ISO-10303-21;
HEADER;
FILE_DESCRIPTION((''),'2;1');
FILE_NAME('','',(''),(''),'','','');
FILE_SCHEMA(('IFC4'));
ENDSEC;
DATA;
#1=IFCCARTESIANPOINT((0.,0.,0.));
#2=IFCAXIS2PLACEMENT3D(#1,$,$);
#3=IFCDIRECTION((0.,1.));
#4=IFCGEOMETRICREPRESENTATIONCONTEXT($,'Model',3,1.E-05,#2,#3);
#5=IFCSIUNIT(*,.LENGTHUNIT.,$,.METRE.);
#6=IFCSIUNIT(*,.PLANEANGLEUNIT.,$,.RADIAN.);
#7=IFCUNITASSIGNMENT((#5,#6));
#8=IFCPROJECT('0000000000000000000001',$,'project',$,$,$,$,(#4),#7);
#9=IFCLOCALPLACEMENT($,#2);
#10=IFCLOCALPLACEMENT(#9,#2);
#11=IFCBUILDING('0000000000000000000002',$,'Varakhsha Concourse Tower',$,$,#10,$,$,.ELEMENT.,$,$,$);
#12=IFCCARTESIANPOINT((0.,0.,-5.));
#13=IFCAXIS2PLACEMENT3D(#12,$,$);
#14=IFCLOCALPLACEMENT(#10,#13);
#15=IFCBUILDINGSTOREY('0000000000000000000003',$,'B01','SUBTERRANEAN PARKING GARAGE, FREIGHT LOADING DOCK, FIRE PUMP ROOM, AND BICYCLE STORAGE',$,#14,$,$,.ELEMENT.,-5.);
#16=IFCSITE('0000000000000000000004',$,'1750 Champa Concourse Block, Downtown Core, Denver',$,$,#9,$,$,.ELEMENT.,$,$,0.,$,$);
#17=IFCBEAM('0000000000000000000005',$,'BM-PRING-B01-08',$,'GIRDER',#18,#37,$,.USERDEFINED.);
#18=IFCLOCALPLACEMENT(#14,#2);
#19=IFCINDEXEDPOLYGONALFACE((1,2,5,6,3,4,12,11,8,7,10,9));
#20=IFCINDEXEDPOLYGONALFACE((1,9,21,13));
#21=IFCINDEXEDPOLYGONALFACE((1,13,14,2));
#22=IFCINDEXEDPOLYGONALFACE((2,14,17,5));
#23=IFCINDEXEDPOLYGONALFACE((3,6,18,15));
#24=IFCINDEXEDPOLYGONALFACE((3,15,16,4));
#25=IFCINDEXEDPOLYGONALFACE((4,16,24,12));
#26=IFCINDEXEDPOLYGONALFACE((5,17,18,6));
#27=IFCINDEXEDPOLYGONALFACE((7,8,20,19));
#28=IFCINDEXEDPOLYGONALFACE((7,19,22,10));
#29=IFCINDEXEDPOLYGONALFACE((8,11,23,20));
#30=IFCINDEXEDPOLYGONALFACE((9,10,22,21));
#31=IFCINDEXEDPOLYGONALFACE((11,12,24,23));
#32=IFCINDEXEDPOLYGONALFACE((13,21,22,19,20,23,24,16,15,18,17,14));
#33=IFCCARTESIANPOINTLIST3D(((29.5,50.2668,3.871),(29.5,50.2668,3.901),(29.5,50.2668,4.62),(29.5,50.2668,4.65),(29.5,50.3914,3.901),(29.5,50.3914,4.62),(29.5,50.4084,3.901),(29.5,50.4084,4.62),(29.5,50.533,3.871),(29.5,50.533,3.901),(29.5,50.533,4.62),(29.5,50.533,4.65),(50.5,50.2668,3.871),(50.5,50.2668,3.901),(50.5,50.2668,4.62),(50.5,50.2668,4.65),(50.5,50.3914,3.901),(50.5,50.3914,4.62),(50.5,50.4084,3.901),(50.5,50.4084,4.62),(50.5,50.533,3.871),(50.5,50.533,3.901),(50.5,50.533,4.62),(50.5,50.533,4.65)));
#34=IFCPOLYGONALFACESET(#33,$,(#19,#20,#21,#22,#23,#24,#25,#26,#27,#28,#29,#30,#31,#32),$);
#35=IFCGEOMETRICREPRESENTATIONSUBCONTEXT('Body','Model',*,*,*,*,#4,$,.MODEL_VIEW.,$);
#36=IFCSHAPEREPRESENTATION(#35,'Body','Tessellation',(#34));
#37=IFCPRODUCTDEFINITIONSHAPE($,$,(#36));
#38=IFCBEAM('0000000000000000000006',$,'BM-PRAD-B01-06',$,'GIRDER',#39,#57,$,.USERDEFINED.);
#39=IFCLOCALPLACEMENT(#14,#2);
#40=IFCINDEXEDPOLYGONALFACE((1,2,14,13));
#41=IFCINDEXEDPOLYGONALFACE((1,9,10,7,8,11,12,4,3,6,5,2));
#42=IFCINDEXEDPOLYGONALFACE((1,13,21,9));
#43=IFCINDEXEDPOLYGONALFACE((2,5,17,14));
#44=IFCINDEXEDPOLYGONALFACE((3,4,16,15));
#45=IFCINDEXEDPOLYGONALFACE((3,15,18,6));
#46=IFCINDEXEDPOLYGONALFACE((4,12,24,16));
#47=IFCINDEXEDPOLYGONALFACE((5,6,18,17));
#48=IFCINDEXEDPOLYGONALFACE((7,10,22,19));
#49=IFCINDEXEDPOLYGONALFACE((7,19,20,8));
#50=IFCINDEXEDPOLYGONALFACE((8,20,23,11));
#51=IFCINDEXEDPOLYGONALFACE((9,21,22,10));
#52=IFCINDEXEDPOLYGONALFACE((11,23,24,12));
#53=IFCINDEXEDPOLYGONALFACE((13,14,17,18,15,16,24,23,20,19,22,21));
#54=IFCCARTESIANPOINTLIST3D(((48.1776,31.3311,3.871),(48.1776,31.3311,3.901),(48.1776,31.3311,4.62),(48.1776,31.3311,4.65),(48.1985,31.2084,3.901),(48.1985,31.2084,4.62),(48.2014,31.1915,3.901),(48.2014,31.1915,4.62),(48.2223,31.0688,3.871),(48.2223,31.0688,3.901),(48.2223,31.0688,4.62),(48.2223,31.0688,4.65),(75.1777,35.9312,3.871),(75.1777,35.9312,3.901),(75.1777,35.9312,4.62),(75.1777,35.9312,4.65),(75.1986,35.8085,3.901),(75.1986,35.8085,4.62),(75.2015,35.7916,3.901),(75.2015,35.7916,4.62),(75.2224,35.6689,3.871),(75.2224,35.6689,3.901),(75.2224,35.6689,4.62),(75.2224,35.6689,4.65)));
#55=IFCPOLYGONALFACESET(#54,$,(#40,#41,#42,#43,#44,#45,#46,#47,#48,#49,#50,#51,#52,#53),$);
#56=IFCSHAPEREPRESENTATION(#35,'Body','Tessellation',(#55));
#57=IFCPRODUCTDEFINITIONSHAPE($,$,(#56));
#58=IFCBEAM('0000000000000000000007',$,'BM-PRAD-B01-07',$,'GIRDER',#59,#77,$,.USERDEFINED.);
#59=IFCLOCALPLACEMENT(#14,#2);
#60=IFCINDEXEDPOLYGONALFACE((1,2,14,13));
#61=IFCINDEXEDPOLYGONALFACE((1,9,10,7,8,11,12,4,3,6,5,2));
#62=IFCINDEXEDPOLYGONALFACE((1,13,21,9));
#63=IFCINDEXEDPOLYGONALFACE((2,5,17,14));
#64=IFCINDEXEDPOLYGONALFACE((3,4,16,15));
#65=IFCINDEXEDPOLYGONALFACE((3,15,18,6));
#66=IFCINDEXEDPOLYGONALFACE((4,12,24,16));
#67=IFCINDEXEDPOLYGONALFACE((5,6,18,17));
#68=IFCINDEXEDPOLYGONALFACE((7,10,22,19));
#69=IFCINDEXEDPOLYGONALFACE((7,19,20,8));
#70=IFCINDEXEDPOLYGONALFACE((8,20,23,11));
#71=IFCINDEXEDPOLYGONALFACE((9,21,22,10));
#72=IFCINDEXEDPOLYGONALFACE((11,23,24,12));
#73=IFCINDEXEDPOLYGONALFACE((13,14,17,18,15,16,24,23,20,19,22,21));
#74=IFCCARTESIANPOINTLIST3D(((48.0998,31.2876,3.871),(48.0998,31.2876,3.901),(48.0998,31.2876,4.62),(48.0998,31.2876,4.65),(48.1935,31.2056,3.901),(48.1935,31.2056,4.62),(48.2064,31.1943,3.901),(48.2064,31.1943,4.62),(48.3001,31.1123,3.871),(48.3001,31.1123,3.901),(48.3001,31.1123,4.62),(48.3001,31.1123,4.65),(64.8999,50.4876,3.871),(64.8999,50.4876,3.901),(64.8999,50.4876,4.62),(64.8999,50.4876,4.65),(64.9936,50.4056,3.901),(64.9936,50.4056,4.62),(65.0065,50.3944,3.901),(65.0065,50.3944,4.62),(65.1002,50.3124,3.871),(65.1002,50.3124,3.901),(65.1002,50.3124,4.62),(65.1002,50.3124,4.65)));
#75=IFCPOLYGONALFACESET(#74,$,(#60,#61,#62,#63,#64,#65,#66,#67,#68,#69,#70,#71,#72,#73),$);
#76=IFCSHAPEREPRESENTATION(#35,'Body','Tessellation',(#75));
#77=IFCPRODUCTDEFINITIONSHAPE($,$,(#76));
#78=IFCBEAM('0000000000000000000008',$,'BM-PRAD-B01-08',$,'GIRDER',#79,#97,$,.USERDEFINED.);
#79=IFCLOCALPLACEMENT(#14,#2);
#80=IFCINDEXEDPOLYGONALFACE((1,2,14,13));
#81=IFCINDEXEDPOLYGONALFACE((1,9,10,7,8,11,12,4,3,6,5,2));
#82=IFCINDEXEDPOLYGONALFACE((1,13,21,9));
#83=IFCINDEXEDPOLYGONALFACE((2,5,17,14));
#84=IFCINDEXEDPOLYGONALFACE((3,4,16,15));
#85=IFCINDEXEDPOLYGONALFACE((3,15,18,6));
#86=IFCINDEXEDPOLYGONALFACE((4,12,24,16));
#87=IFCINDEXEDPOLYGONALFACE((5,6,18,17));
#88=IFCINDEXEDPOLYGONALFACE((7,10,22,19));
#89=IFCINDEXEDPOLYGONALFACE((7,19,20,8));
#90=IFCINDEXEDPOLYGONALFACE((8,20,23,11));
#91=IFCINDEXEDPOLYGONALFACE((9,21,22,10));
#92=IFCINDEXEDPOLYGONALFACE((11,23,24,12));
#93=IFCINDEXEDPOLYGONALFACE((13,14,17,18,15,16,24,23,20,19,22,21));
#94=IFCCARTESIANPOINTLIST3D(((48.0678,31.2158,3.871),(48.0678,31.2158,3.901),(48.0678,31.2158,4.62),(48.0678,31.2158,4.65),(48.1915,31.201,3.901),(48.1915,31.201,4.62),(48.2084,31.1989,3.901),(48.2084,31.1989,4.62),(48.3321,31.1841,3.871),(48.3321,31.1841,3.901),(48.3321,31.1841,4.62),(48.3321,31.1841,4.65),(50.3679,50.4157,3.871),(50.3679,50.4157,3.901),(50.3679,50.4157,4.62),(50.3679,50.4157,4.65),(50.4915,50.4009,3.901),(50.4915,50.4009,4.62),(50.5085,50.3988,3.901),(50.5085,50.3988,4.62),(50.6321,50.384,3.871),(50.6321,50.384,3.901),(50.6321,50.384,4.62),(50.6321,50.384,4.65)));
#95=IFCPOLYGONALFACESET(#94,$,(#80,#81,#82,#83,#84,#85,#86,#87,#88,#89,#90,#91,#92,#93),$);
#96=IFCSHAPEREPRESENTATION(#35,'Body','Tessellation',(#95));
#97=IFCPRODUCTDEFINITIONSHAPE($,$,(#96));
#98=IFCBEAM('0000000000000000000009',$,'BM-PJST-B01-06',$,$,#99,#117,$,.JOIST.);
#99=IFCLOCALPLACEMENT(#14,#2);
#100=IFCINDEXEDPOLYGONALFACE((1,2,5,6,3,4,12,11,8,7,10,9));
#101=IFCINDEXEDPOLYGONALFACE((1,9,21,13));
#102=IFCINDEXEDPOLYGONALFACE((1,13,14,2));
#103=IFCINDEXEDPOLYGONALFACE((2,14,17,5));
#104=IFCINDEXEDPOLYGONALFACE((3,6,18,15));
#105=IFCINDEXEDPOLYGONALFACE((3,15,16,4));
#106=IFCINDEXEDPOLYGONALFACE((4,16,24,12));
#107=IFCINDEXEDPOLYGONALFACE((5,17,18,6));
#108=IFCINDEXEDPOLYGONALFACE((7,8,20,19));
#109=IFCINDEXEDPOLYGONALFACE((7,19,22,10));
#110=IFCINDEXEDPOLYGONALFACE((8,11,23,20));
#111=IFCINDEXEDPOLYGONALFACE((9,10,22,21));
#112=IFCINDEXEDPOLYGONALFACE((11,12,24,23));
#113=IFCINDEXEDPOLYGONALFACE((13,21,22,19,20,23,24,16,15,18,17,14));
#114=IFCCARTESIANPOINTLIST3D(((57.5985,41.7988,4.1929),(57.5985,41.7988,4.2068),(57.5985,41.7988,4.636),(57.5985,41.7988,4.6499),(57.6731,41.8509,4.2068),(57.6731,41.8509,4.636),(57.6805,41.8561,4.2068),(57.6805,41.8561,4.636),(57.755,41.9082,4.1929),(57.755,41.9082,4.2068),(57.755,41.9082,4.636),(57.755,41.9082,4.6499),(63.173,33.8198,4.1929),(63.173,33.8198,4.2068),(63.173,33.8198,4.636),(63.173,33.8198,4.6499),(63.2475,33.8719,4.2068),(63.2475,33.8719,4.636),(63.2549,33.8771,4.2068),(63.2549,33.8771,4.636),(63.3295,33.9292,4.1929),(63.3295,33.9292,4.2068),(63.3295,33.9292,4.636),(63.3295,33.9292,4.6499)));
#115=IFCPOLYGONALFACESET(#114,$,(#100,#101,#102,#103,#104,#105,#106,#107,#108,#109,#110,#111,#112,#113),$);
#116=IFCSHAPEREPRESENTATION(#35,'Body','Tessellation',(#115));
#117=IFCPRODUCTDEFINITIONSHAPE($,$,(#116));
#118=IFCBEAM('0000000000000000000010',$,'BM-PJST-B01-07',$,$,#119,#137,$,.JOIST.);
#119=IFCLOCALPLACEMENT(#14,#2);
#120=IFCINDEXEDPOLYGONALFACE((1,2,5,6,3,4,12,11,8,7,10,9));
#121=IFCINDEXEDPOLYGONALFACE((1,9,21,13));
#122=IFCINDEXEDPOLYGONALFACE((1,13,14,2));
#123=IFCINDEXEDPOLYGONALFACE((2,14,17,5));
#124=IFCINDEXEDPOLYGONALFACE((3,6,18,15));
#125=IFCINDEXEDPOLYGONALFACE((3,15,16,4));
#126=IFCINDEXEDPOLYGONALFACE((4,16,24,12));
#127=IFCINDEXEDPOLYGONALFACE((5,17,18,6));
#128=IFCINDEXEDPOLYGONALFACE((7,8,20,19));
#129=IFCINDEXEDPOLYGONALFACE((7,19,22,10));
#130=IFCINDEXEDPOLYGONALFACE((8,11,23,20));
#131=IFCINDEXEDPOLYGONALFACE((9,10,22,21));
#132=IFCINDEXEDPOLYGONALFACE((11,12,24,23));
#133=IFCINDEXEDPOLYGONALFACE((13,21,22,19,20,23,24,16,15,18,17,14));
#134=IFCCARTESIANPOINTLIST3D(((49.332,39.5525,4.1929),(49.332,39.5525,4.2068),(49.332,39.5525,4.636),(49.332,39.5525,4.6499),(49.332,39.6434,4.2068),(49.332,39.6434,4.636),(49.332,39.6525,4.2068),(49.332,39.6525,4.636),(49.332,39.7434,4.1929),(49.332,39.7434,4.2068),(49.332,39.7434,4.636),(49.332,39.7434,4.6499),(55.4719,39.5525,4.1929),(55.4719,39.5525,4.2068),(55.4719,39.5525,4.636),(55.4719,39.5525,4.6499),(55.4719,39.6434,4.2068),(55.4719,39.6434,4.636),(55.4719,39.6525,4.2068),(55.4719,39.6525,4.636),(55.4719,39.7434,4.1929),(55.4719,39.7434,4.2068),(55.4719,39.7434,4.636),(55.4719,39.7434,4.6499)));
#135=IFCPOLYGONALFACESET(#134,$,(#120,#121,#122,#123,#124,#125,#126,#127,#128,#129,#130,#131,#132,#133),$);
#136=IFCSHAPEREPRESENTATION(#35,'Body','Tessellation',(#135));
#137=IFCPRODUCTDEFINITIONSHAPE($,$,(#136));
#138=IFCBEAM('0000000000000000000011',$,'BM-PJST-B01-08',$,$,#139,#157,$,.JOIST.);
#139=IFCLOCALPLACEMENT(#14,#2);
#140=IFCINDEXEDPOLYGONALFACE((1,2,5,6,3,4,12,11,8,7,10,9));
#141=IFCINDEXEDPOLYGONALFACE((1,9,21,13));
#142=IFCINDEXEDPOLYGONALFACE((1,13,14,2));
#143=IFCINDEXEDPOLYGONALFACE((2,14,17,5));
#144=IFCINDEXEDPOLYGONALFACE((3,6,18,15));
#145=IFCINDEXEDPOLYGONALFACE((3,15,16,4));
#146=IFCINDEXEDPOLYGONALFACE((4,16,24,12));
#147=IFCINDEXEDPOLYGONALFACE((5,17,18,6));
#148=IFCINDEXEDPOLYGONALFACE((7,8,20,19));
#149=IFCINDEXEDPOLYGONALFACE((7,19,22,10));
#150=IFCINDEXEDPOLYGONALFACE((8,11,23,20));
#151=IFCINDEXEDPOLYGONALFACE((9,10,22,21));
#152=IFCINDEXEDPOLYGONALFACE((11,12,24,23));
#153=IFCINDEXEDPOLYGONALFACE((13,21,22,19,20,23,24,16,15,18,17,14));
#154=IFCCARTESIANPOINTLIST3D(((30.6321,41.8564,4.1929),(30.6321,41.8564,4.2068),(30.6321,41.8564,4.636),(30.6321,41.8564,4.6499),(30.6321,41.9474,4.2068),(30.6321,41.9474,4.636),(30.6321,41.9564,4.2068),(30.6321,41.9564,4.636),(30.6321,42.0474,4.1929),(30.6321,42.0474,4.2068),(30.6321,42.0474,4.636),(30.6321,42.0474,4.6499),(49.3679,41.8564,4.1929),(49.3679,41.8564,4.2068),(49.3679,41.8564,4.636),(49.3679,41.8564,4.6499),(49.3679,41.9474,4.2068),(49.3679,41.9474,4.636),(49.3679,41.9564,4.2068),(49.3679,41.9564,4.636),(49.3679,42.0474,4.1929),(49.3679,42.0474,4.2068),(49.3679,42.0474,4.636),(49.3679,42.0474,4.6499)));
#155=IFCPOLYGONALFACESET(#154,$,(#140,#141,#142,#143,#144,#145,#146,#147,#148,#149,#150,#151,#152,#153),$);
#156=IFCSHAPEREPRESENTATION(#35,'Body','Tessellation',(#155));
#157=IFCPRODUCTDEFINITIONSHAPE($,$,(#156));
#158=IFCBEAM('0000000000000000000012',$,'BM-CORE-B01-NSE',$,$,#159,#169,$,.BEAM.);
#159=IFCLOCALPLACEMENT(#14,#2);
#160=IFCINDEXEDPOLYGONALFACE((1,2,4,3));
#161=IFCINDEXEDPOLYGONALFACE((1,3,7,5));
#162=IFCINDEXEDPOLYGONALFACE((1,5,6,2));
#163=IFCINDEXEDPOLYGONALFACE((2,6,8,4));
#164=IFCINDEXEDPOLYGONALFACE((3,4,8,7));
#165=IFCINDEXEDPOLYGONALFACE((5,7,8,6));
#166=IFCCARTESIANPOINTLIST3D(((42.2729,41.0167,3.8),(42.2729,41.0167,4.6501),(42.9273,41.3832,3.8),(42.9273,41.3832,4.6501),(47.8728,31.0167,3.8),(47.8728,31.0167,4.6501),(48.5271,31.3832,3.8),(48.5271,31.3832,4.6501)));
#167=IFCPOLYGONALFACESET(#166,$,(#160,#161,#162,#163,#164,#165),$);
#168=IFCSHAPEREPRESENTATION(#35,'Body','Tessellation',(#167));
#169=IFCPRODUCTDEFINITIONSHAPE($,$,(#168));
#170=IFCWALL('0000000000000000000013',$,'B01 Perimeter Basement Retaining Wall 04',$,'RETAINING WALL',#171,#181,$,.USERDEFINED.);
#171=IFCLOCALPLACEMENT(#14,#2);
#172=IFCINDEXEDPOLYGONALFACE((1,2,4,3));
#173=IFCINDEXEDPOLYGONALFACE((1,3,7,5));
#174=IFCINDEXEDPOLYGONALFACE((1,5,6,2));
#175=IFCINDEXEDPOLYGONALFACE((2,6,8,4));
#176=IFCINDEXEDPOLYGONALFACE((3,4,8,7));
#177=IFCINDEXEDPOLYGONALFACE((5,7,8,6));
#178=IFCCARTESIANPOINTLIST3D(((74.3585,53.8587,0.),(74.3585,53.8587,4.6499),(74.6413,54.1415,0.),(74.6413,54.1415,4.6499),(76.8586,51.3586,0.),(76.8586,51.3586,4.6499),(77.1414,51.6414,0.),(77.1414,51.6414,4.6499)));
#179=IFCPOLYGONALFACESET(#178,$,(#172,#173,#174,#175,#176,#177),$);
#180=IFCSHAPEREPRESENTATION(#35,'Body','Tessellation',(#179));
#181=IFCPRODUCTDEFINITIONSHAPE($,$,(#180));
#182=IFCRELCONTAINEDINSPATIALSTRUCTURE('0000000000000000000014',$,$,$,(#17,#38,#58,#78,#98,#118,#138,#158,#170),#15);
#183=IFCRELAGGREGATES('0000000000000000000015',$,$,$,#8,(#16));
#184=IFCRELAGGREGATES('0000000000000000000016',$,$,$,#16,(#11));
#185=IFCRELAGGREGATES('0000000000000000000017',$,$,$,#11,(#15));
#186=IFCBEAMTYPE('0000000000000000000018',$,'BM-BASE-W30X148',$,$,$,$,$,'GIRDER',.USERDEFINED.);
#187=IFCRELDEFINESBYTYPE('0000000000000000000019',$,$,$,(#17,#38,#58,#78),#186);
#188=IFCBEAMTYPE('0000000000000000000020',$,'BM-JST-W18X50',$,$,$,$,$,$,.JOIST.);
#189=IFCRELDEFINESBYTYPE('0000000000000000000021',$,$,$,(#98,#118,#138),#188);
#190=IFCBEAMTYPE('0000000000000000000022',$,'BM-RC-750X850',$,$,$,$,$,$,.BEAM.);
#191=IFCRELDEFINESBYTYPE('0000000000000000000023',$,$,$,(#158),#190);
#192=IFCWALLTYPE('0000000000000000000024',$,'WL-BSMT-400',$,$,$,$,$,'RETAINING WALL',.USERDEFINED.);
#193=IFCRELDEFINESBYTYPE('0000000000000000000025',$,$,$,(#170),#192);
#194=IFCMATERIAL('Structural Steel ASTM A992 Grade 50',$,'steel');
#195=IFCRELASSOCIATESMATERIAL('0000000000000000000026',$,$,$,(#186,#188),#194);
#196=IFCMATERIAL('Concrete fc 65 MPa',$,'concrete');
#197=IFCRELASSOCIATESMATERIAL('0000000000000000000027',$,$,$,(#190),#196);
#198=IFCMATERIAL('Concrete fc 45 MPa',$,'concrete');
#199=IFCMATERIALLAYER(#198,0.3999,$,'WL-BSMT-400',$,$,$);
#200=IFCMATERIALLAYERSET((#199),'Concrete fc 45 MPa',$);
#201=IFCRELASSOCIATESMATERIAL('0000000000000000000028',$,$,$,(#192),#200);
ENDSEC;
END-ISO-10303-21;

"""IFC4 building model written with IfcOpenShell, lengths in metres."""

from ifc_helpers import new_model, si_unit, direction, frame, frame_2d, origin, origin_2d, place, context, subcontext, project, spatial, rectangle, i_section, extrude, material, layer, layer_set, material_profile, profile_set, type_object, element, save


model = new_model("IFC4")

# Units and contexts
model_context = context("Model", 3, precision=1e-05, world=origin(), true_north=direction((0.0, 1.0)))
body_context = subcontext(model_context, "Body", "Model", "MODEL_VIEW")
ifc_project = project(units=[si_unit("LENGTHUNIT", "METRE"), si_unit("PLANEANGLEUNIT", "RADIAN")], contexts=[model_context])

# Site, building, storey
site_placement = place(None, origin())
site = spatial("IfcSite", under=ifc_project, at=site_placement, Name="1750 Champa Concourse Block, Downtown Core, Denver", CompositionType="ELEMENT", RefElevation=0.0)
building_placement = place(site_placement, origin())
building = spatial("IfcBuilding", under=site, at=building_placement, Name="Varakhsha Concourse Tower", CompositionType="ELEMENT")
storey_placement = place(building_placement, frame((0.0, 0.0, -5.0)))
storey = spatial("IfcBuildingStorey", under=building, at=storey_placement, Name="B01", Description="SUBTERRANEAN PARKING GARAGE, FREIGHT LOADING DOCK, FIRE PUMP ROOM, AND BICYCLE STORAGE", CompositionType="ELEMENT", Elevation=-5.0)

# Shared definitions
ifc_material_1 = material(Name="Structural Steel ASTM A992 Grade 50", Category="steel")

# Beams
ifc_material_profile_1 = material_profile(ifc_material_1, i_section(OverallWidth=0.2661, OverallDepth=0.7791, WebThickness=0.0171, FlangeThickness=0.03, at=origin_2d()), Name="W30X148")
ifc_profile_set_1 = profile_set([ifc_material_profile_1], Name="Structural Steel ASTM A992 Grade 50")
beam_type_1 = type_object("IfcBeamType", Name="BM-BASE-W30X148", ElementType="GIRDER", PredefinedType="USERDEFINED", material=ifc_profile_set_1)
beam_1_placement = place(storey_placement, frame((50.5, 50.3999, 4.2605), z_axis=(-1.0, 0.0, 0.0), x_axis=(0.0, -1.0, 0.0)))
element("IfcBeam", 1, at=beam_1_placement, inside=storey, type_object=beam_type_1, Name="BM-PRING-B01-08", ObjectType="GIRDER", PredefinedType="USERDEFINED", context=body_context, shape_type="SweptSolid", body=[
    extrude(i_section(OverallWidth=0.2661, OverallDepth=0.7791, WebThickness=0.0171, FlangeThickness=0.03, at=origin_2d()), origin(), (0.0, 0.0, 1.0), 21.0),
])
beam_2_placement = place(storey_placement, frame((48.2, 31.2, 4.2605), z_axis=(0.985795, 0.167954, 0.0), x_axis=(-0.167954, 0.985795, 0.0)))
element("IfcBeam", 2, at=beam_2_placement, inside=storey, type_object=beam_type_1, Name="BM-PRAD-B01-06", ObjectType="GIRDER", PredefinedType="USERDEFINED", context=body_context, shape_type="SweptSolid", body=[
    extrude(i_section(OverallWidth=0.2661, OverallDepth=0.7791, WebThickness=0.0171, FlangeThickness=0.03, at=origin_2d()), origin(), (0.0, 0.0, 1.0), 27.3892),
])
beam_3_placement = place(storey_placement, frame((48.2, 31.2, 4.2605), z_axis=(0.658507, 0.752575, 0.0), x_axis=(-0.752575, 0.658507, 0.0)))
element("IfcBeam", 3, at=beam_3_placement, inside=storey, type_object=beam_type_1, Name="BM-PRAD-B01-07", ObjectType="GIRDER", PredefinedType="USERDEFINED", context=body_context, shape_type="SweptSolid", body=[
    extrude(i_section(OverallWidth=0.2661, OverallDepth=0.7791, WebThickness=0.0171, FlangeThickness=0.03, at=origin_2d()), origin(), (0.0, 0.0, 1.0), 25.5125),
])
beam_4_placement = place(storey_placement, frame((48.2, 31.2, 4.2605), z_axis=(0.118944, 0.992901, 0.0), x_axis=(-0.992901, 0.118944, 0.0)))
element("IfcBeam", 4, at=beam_4_placement, inside=storey, type_object=beam_type_1, Name="BM-PRAD-B01-08", ObjectType="GIRDER", PredefinedType="USERDEFINED", context=body_context, shape_type="SweptSolid", body=[
    extrude(i_section(OverallWidth=0.2661, OverallDepth=0.7791, WebThickness=0.0171, FlangeThickness=0.03, at=origin_2d()), origin(), (0.0, 0.0, 1.0), 19.3372),
])
ifc_material_profile_2 = material_profile(ifc_material_1, i_section(OverallWidth=0.1909, OverallDepth=0.457, WebThickness=0.009, FlangeThickness=0.0139, at=origin_2d()), Name="W18X50")
ifc_profile_set_2 = profile_set([ifc_material_profile_2], Name="Structural Steel ASTM A992 Grade 50")
beam_type_2 = type_object("IfcBeamType", Name="BM-JST-W18X50", PredefinedType="JOIST", material=ifc_profile_set_2)
beam_5_placement = place(storey_placement, frame((63.2512, 33.8745, 4.4214), z_axis=(-0.572715, 0.819755, 0.0), x_axis=(-0.819755, -0.572715, 0.0)))
element("IfcBeam", 5, at=beam_5_placement, inside=storey, type_object=beam_type_2, Name="BM-PJST-B01-06", PredefinedType="JOIST", context=body_context, shape_type="SweptSolid", body=[
    extrude(i_section(OverallWidth=0.1909, OverallDepth=0.457, WebThickness=0.009, FlangeThickness=0.0139, at=origin_2d()), origin(), (0.0, 0.0, 1.0), 9.7334),
])
beam_6_placement = place(storey_placement, frame((55.4719, 39.6479, 4.4214), z_axis=(-1.0, 0.0, 0.0), x_axis=(0.0, -1.0, 0.0)))
element("IfcBeam", 6, at=beam_6_placement, inside=storey, type_object=beam_type_2, Name="BM-PJST-B01-07", PredefinedType="JOIST", context=body_context, shape_type="SweptSolid", body=[
    extrude(i_section(OverallWidth=0.1909, OverallDepth=0.457, WebThickness=0.009, FlangeThickness=0.0139, at=origin_2d()), origin(), (0.0, 0.0, 1.0), 6.1399),
])
beam_7_placement = place(storey_placement, frame((49.3679, 41.9519, 4.4214), z_axis=(-1.0, 0.0, 0.0), x_axis=(0.0, -1.0, 0.0)))
element("IfcBeam", 7, at=beam_7_placement, inside=storey, type_object=beam_type_2, Name="BM-PJST-B01-08", PredefinedType="JOIST", context=body_context, shape_type="SweptSolid", body=[
    extrude(i_section(OverallWidth=0.1909, OverallDepth=0.457, WebThickness=0.009, FlangeThickness=0.0139, at=origin_2d()), origin(), (0.0, 0.0, 1.0), 18.7358),
])
ifc_material_2 = material(Name="Concrete fc 65 MPa", Category="concrete")
ifc_material_profile_3 = material_profile(ifc_material_2, rectangle(XDim=0.75, YDim=0.8501, at=origin_2d()), Name="RC 750x850")
ifc_profile_set_3 = profile_set([ifc_material_profile_3], Name="Concrete fc 65 MPa")
beam_type_3 = type_object("IfcBeamType", Name="BM-RC-750X850", PredefinedType="BEAM", material=ifc_profile_set_3)
beam_8_placement = place(storey_placement, frame((48.2, 31.2, 4.2251), z_axis=(-0.488594, 0.872511, 0.0), x_axis=(-0.872511, -0.488594, 0.0)))
element("IfcBeam", 8, at=beam_8_placement, inside=storey, type_object=beam_type_3, Name="BM-CORE-B01-NSE", PredefinedType="BEAM", context=body_context, shape_type="SweptSolid", body=[
    extrude(rectangle(XDim=0.75, YDim=0.8501, at=origin_2d()), origin(), (0.0, 0.0, 1.0), 11.4612),
])

# Wall
ifc_material_3 = material(Name="Concrete fc 45 MPa", Category="concrete")
ifc_layer = layer(ifc_material_3, 0.3999, Name="WL-BSMT-400")
ifc_layer_set = layer_set([ifc_layer], Name="Concrete fc 45 MPa")
wall_type = type_object("IfcWallType", Name="WL-BSMT-400", ElementType="RETAINING WALL", PredefinedType="USERDEFINED", material=ifc_layer_set)
wall_1_placement = place(storey_placement, frame((77.0, 51.5, 0.0), z_axis=(0.0, 0.0, 1.0), x_axis=(-0.707107, 0.707107, 0.0)))
element("IfcWall", 9, at=wall_1_placement, inside=storey, type_object=wall_type, Name="B01 Perimeter Basement Retaining Wall 04", ObjectType="RETAINING WALL", PredefinedType="USERDEFINED", context=body_context, shape_type="SweptSolid", body=[
    extrude(rectangle(XDim=3.5356, YDim=0.3999, at=frame_2d((1.7678, 0.0))), origin(), (0.0, 0.0, 1.0), 4.6499),
])

save(model, "model.ifc")
